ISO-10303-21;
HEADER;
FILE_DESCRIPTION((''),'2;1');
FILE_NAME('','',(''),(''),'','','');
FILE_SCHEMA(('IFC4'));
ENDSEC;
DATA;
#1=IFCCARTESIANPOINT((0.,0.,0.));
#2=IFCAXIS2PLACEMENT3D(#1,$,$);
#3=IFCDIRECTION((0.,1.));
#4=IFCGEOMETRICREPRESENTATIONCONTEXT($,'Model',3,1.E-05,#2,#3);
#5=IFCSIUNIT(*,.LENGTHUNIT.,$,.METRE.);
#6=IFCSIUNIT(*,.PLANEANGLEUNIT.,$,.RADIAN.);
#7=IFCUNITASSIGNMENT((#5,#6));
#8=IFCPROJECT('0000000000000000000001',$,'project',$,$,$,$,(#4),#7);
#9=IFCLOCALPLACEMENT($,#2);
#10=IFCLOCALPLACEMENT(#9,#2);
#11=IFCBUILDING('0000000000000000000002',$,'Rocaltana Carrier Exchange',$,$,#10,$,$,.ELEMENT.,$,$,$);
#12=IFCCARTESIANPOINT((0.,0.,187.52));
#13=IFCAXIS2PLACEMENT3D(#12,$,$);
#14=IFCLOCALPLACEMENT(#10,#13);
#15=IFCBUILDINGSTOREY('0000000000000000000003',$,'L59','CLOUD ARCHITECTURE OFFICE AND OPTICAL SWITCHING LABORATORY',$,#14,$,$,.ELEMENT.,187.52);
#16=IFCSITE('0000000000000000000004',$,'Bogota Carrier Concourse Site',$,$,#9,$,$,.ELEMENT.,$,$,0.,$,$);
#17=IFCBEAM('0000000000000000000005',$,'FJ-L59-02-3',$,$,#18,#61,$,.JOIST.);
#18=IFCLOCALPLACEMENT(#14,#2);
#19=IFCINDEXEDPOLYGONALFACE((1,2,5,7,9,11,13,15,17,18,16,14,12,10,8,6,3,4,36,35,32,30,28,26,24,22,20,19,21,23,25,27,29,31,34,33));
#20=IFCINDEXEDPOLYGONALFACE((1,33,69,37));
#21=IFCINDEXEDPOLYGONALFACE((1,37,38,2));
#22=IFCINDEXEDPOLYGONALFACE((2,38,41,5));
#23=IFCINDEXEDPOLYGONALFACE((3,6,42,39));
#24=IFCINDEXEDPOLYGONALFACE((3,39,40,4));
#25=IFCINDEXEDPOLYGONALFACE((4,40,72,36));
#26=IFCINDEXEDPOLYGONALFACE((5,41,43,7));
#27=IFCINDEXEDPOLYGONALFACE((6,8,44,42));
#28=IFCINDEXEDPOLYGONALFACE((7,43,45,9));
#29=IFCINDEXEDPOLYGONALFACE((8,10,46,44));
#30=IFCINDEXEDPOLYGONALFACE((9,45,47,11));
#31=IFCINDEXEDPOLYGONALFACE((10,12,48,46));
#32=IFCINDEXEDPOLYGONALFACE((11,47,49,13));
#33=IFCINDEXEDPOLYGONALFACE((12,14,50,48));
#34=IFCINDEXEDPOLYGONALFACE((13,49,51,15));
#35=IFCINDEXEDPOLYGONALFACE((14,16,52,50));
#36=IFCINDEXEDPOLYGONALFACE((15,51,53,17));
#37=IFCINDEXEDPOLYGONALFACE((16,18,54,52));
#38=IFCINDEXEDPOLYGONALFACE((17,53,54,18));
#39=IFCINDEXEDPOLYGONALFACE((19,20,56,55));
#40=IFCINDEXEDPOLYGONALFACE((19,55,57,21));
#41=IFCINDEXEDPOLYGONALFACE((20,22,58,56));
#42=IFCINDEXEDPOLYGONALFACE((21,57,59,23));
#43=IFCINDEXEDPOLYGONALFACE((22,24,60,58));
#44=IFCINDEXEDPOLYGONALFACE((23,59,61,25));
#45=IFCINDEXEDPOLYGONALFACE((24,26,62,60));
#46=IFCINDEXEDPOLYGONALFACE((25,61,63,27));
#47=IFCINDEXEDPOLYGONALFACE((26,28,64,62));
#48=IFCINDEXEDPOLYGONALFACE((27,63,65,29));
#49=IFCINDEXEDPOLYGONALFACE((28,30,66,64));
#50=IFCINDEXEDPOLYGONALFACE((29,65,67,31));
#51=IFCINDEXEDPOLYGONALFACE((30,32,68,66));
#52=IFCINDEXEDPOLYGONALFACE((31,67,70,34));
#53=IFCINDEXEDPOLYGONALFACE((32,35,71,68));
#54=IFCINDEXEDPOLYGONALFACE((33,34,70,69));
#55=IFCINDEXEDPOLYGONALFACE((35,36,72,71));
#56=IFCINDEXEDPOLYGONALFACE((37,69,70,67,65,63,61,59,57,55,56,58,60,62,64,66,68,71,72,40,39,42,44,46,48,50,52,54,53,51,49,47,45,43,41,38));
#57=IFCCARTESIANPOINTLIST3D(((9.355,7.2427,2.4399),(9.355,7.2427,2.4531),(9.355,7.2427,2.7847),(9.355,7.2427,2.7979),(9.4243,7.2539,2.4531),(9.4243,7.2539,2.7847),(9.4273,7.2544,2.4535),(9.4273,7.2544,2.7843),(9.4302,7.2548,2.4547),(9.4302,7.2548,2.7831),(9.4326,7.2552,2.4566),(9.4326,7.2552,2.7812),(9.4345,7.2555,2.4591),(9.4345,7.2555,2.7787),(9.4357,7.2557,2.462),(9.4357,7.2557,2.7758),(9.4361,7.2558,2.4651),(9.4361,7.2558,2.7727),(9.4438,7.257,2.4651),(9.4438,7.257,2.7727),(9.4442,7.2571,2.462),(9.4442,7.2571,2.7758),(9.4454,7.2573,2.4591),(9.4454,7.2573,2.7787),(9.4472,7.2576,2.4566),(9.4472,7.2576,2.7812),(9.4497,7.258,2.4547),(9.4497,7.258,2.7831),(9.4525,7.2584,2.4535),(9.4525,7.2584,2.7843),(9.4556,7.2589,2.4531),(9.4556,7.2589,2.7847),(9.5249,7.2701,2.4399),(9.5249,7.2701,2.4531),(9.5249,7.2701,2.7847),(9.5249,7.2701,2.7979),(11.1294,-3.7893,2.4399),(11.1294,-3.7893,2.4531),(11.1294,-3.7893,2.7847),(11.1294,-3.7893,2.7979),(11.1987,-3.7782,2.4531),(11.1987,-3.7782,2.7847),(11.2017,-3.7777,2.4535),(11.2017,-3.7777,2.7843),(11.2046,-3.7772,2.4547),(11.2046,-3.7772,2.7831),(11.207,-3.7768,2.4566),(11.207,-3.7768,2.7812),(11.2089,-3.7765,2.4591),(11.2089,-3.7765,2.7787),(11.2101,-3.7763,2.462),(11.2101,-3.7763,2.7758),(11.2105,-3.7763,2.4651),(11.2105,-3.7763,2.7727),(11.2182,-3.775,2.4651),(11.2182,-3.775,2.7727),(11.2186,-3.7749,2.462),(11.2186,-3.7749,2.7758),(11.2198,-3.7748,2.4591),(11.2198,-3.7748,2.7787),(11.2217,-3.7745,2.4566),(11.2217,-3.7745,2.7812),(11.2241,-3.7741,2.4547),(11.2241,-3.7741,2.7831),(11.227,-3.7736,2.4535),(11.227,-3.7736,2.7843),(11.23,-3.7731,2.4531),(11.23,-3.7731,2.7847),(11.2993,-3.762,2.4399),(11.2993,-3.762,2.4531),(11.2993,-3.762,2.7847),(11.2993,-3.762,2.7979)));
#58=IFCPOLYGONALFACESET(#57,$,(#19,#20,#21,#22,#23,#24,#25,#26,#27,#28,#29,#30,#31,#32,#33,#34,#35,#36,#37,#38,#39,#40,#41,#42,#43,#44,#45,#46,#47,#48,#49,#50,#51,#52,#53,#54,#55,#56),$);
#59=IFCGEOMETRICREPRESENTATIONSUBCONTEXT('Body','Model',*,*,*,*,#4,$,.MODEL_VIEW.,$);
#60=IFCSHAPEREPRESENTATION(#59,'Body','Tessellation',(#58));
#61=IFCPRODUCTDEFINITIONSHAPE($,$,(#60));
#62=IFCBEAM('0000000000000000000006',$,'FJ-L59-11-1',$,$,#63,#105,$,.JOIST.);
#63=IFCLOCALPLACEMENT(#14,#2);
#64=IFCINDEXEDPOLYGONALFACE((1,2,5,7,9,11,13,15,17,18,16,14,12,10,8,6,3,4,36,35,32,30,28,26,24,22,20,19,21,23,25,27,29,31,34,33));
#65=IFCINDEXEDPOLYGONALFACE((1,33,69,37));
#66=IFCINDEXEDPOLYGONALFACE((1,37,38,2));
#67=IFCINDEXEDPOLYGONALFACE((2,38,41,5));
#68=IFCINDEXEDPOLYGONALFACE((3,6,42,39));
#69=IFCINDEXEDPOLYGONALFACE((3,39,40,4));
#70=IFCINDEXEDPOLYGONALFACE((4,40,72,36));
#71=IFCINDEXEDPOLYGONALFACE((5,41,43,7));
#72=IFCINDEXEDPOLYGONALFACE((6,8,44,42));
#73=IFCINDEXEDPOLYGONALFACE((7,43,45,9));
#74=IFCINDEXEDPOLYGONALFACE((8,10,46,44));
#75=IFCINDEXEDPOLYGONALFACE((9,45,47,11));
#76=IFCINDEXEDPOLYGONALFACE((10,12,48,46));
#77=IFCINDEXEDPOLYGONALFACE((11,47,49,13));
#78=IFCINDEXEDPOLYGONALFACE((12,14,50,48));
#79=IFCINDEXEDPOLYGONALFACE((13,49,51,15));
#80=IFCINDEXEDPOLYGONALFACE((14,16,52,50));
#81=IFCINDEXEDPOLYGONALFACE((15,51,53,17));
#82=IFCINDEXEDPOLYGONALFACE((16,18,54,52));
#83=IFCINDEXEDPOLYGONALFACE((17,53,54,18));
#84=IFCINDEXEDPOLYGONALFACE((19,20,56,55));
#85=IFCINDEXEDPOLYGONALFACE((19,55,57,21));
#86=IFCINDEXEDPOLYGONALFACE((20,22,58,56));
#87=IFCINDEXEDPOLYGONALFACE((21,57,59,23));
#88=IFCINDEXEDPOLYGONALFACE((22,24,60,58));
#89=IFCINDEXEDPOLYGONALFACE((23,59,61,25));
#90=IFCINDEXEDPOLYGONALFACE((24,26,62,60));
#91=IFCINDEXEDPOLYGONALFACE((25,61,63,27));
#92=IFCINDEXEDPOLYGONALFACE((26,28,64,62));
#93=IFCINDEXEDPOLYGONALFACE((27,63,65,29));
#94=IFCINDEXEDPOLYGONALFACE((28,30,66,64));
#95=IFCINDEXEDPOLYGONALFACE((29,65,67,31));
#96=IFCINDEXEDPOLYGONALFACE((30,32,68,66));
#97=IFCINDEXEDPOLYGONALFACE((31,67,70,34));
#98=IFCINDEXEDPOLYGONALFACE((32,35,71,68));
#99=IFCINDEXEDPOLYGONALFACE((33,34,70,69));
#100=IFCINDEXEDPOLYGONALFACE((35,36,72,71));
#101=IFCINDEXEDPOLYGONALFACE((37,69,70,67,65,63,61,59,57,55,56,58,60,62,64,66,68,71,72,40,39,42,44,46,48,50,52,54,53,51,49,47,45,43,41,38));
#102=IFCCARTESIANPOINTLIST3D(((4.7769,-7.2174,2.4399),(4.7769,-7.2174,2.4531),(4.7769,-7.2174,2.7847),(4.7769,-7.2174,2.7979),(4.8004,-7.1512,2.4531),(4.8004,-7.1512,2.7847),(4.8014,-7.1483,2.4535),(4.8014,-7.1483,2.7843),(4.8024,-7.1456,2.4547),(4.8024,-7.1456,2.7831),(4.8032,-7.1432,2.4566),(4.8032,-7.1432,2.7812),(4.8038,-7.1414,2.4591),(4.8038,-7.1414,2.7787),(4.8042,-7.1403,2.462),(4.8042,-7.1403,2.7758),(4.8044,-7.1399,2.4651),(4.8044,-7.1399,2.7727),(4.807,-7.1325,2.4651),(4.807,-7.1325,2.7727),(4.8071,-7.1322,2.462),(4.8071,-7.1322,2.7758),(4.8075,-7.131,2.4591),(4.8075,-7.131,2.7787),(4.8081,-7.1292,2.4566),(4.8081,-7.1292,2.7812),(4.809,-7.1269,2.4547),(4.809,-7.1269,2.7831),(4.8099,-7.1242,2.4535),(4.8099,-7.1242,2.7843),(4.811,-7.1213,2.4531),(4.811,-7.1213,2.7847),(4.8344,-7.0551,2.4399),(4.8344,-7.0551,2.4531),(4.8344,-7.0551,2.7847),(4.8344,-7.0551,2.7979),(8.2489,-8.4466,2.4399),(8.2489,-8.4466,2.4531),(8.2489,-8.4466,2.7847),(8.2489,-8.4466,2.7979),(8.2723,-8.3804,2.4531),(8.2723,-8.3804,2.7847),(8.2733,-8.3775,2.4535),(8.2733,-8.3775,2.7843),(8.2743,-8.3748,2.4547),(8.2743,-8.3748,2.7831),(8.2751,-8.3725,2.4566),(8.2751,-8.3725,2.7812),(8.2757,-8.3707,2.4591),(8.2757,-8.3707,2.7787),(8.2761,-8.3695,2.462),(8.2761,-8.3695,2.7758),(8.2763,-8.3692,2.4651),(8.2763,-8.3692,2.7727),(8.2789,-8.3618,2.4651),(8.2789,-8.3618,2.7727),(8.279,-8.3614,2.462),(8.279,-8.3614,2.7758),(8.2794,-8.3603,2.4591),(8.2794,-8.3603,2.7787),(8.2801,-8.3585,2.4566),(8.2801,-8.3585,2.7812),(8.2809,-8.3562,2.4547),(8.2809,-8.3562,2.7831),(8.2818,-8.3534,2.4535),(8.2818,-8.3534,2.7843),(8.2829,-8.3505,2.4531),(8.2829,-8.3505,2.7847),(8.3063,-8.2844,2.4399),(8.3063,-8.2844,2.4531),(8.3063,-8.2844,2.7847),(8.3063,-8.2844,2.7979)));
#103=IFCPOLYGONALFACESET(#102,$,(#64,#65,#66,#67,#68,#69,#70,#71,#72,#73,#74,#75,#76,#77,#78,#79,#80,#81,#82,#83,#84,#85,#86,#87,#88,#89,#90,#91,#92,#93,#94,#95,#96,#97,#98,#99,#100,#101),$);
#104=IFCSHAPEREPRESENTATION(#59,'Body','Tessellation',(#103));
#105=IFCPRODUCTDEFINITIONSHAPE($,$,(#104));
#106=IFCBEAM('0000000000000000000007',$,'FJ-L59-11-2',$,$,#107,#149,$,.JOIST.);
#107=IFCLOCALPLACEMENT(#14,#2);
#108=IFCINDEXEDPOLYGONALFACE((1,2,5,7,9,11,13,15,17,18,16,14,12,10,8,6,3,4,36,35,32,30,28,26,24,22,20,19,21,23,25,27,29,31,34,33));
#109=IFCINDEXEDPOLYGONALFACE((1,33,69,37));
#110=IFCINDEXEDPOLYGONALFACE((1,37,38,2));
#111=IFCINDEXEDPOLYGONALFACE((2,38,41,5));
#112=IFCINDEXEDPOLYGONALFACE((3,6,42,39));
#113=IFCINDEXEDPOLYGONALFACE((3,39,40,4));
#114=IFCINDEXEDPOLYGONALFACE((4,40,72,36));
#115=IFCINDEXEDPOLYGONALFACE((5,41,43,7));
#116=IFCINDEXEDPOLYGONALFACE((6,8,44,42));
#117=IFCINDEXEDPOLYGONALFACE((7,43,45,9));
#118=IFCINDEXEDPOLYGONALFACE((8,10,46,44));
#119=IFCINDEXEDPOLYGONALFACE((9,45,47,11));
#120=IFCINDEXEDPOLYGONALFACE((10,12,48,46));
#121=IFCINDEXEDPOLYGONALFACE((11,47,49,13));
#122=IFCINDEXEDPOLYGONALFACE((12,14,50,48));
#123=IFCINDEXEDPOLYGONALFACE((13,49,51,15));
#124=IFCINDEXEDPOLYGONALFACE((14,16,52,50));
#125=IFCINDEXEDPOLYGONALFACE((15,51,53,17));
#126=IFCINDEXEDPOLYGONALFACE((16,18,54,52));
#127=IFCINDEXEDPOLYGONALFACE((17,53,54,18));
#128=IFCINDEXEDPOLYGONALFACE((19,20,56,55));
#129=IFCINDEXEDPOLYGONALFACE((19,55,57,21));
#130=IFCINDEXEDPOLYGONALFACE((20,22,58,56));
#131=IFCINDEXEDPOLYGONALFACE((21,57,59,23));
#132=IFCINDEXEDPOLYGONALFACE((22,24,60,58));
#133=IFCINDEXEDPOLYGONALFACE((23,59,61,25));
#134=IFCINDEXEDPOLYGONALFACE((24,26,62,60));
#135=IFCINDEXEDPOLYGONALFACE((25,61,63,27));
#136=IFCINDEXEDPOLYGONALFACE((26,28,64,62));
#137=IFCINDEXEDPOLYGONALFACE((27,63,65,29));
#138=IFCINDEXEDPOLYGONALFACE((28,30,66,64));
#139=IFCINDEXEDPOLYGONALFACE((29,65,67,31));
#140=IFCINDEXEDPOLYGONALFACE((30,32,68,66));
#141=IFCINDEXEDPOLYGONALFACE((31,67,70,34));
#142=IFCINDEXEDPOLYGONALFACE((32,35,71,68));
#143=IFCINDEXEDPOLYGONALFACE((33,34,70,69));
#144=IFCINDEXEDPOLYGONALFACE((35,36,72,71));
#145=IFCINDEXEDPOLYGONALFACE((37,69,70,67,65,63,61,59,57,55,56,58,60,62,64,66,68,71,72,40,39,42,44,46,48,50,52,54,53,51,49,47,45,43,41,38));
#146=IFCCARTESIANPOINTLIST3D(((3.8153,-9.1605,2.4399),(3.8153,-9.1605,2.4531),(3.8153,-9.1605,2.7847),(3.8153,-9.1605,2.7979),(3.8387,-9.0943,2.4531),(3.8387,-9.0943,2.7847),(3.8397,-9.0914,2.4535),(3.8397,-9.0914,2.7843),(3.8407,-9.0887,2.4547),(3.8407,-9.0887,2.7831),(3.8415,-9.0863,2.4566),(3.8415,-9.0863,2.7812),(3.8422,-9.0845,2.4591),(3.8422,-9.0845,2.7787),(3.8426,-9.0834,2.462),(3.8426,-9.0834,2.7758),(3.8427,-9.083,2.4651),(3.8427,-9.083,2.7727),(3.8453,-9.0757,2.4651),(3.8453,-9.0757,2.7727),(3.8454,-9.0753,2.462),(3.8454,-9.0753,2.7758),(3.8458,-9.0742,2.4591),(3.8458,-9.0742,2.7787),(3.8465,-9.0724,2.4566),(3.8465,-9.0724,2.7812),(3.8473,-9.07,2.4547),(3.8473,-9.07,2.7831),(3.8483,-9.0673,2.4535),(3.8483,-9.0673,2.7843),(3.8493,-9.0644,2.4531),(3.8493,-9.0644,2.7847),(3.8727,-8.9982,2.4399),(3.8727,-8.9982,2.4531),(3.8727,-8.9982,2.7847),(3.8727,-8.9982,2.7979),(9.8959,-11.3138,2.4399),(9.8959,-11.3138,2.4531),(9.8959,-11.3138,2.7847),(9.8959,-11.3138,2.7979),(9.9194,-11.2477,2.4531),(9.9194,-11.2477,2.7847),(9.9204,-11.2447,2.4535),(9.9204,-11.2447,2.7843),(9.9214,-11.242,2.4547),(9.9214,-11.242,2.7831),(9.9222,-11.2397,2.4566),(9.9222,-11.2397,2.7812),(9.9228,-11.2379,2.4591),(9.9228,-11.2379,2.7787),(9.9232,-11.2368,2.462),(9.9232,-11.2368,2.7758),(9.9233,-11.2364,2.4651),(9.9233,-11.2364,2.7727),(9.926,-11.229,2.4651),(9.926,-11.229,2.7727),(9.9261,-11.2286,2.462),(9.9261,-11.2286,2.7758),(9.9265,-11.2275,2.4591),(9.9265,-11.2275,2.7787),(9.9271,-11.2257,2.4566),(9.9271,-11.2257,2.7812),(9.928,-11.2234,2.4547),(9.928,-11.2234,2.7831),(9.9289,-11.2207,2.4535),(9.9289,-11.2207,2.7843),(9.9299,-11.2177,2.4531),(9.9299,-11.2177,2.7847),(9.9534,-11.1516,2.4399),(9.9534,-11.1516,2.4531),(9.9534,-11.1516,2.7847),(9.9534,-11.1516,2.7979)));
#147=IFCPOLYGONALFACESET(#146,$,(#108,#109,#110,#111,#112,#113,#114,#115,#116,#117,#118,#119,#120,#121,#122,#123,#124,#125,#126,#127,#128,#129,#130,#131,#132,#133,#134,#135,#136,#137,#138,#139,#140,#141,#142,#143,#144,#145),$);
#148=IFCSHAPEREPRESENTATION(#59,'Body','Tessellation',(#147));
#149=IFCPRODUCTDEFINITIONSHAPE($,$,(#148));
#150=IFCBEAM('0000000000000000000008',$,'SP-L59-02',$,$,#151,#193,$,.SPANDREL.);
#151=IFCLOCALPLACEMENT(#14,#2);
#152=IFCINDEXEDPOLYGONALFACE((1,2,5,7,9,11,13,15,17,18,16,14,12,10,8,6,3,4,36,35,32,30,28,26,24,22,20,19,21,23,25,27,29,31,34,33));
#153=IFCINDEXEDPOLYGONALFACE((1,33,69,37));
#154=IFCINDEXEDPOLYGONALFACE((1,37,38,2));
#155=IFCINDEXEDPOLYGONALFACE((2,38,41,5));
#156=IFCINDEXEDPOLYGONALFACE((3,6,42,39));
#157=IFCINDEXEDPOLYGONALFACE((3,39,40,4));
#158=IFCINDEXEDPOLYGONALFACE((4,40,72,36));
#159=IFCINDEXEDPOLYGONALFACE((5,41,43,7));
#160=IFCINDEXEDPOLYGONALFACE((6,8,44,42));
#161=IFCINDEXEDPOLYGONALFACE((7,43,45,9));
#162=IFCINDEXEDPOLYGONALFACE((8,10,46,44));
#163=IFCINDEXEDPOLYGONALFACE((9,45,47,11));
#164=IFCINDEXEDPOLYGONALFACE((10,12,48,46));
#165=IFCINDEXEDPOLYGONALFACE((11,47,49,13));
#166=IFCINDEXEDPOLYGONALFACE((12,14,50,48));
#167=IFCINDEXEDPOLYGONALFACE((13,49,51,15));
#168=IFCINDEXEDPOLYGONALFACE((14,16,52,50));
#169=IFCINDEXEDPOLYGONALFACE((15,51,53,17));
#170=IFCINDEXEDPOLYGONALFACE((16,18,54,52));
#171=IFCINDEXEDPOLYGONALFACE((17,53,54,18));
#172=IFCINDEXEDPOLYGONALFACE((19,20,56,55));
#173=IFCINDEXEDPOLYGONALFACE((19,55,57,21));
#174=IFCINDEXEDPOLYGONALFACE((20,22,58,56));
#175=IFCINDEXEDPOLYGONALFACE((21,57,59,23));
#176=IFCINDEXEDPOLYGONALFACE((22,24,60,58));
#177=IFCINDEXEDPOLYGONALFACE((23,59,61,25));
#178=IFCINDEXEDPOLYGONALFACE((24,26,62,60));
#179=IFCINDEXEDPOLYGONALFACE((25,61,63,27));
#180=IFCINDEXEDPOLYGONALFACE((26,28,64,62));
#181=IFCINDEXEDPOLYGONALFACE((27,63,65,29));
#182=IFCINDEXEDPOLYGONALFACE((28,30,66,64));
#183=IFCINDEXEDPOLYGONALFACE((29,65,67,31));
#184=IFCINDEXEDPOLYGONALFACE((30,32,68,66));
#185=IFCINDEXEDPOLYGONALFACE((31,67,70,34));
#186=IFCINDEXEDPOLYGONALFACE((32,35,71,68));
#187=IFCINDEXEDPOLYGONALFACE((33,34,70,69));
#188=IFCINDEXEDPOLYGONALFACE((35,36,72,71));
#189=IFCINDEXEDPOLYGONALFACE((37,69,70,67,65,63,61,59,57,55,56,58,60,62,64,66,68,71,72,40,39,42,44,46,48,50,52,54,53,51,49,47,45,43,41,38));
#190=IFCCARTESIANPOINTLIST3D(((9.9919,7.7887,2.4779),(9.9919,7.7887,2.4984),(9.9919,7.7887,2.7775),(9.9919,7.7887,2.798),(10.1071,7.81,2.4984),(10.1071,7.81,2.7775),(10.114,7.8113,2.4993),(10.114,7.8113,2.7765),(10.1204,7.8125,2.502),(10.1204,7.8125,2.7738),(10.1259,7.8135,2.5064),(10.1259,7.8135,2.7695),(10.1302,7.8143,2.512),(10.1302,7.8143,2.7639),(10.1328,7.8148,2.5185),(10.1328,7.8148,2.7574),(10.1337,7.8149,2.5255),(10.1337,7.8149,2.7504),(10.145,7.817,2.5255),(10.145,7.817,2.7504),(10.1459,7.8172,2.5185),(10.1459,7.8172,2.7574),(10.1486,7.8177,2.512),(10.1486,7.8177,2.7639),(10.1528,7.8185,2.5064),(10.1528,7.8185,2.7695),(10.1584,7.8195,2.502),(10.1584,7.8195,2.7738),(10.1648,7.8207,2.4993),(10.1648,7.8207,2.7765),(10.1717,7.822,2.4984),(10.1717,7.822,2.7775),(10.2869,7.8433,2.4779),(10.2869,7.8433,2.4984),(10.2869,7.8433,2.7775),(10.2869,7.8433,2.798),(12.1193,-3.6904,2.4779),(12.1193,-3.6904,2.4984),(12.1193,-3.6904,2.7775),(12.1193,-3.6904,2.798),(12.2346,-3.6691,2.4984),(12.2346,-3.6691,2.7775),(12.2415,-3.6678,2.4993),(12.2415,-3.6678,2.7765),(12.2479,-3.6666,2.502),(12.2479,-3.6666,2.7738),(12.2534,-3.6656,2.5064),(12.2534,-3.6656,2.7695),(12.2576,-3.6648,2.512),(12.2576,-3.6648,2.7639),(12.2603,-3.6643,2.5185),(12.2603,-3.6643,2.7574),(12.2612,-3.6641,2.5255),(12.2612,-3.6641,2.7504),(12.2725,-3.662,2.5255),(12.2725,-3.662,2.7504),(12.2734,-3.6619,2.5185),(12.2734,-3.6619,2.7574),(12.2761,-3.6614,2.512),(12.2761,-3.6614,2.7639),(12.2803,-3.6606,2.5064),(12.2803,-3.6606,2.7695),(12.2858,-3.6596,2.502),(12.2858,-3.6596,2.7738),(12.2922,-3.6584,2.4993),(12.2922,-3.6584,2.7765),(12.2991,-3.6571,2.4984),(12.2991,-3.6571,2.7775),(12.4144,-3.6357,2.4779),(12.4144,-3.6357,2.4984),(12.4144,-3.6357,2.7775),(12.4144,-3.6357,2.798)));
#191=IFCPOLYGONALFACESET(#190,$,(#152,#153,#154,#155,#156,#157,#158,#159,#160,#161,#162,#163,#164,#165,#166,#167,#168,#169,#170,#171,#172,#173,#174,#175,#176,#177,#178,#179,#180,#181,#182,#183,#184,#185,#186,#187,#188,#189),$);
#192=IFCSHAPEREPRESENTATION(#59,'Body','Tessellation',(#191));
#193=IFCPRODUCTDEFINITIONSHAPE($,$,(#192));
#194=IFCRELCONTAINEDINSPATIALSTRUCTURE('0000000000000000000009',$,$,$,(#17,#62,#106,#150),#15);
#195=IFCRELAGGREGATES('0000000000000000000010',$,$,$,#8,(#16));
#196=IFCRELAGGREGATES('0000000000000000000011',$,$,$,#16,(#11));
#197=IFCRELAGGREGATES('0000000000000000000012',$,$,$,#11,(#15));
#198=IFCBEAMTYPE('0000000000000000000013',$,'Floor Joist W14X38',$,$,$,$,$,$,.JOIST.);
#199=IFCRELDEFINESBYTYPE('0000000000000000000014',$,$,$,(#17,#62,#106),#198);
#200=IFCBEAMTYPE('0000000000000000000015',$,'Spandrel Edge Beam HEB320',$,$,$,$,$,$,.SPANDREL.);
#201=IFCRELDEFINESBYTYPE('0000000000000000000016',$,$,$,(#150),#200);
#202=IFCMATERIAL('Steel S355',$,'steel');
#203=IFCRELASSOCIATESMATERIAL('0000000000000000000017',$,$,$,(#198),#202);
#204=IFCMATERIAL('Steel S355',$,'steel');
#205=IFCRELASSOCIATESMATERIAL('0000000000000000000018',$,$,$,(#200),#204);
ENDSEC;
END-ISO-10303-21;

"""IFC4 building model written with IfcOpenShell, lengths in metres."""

from ifc_helpers import new_model, si_unit, direction, frame, origin, origin_2d, place, context, subcontext, project, spatial, i_section, extrude, material, material_profile, profile_set, type_object, element, save


model = new_model("IFC4")

# Units and contexts
model_context = context("Model", 3, precision=1e-05, world=origin(), true_north=direction((0.0, 1.0)))
body_context = subcontext(model_context, "Body", "Model", "MODEL_VIEW")
ifc_project = project(units=[si_unit("LENGTHUNIT", "METRE"), si_unit("PLANEANGLEUNIT", "RADIAN")], contexts=[model_context])

# Site, building, storey
site_placement = place(None, origin())
site = spatial("IfcSite", under=ifc_project, at=site_placement, Name="Bogota Carrier Concourse Site", CompositionType="ELEMENT", RefElevation=0.0)
building_placement = place(site_placement, origin())
building = spatial("IfcBuilding", under=site, at=building_placement, Name="Rocaltana Carrier Exchange", CompositionType="ELEMENT")
storey_placement = place(building_placement, frame((0.0, 0.0, 187.52)))
storey = spatial("IfcBuildingStorey", under=building, at=storey_placement, Name="L59", Description="CLOUD ARCHITECTURE OFFICE AND OPTICAL SWITCHING LABORATORY", CompositionType="ELEMENT", Elevation=187.52)

# Beams
ifc_material_1 = material(Name="Steel S355", Category="steel")
ifc_material_profile_1 = material_profile(ifc_material_1, i_section(OverallWidth=0.1721, OverallDepth=0.3579, WebThickness=0.0078, FlangeThickness=0.0132, FilletRadius=0.012, at=origin_2d()), Name="W14X38")
ifc_profile_set_1 = profile_set([ifc_material_profile_1], Name="Steel S355")
beam_type_1 = type_object("IfcBeamType", Name="Floor Joist W14X38", PredefinedType="JOIST", material=ifc_profile_set_1)
beam_1_placement = place(storey_placement, frame((11.2144, -3.7756, 2.6189), z_axis=(-0.158802, 0.98731, 0.0), x_axis=(-0.98731, -0.158802, 0.0)))
element("IfcBeam", 1, at=beam_1_placement, inside=storey, type_object=beam_type_1, Name="FJ-L59-02-3", PredefinedType="JOIST", context=body_context, shape_type="SweptSolid", body=[
    extrude(i_section(OverallWidth=0.1721, OverallDepth=0.3579, WebThickness=0.0078, FlangeThickness=0.0132, FilletRadius=0.012, at=origin_2d()), origin(), (0.0, 0.0, 1.0), 11.1738),
])
beam_2_placement = place(storey_placement, frame((4.8057, -7.1362, 2.6189), z_axis=(0.942661, -0.333753, 0.0), x_axis=(0.333753, 0.942661, 0.0)))
element("IfcBeam", 2, at=beam_2_placement, inside=storey, type_object=beam_type_1, Name="FJ-L59-11-1", PredefinedType="JOIST", context=body_context, shape_type="SweptSolid", body=[
    extrude(i_section(OverallWidth=0.1721, OverallDepth=0.3579, WebThickness=0.0078, FlangeThickness=0.0132, FilletRadius=0.012, at=origin_2d()), origin(), (0.0, 0.0, 1.0), 3.6831),
])
beam_3_placement = place(storey_placement, frame((3.844, -9.0793, 2.6189), z_axis=(0.942638, -0.333818, 0.0), x_axis=(0.333818, 0.942638, 0.0)))
element("IfcBeam", 3, at=beam_3_placement, inside=storey, type_object=beam_type_1, Name="FJ-L59-11-2", PredefinedType="JOIST", context=body_context, shape_type="SweptSolid", body=[
    extrude(i_section(OverallWidth=0.1721, OverallDepth=0.3579, WebThickness=0.0078, FlangeThickness=0.0132, FilletRadius=0.012, at=origin_2d()), origin(), (0.0, 0.0, 1.0), 6.4507),
])
ifc_material_2 = material(Name="Steel S355", Category="steel")
ifc_material_profile_2 = material_profile(ifc_material_2, i_section(OverallWidth=0.3, OverallDepth=0.3201, WebThickness=0.0115, FlangeThickness=0.0205, FilletRadius=0.0271, at=origin_2d()), Name="HEB320")
ifc_profile_set_2 = profile_set([ifc_material_profile_2], Name="Steel S355")
beam_type_2 = type_object("IfcBeamType", Name="Spandrel Edge Beam HEB320", PredefinedType="SPANDREL", material=ifc_profile_set_2)
beam_4_placement = place(storey_placement, frame((12.2668, -3.6631, 2.6379), z_axis=(-0.18223, 0.983256, 0.0), x_axis=(-0.983256, -0.18223, 0.0)))
element("IfcBeam", 4, at=beam_4_placement, inside=storey, type_object=beam_type_2, Name="SP-L59-02", PredefinedType="SPANDREL", context=body_context, shape_type="SweptSolid", body=[
    extrude(i_section(OverallWidth=0.3, OverallDepth=0.3201, WebThickness=0.0115, FlangeThickness=0.0205, FilletRadius=0.0271, at=origin_2d()), origin(), (0.0, 0.0, 1.0), 11.6746),
])

save(model, "model.ifc")
